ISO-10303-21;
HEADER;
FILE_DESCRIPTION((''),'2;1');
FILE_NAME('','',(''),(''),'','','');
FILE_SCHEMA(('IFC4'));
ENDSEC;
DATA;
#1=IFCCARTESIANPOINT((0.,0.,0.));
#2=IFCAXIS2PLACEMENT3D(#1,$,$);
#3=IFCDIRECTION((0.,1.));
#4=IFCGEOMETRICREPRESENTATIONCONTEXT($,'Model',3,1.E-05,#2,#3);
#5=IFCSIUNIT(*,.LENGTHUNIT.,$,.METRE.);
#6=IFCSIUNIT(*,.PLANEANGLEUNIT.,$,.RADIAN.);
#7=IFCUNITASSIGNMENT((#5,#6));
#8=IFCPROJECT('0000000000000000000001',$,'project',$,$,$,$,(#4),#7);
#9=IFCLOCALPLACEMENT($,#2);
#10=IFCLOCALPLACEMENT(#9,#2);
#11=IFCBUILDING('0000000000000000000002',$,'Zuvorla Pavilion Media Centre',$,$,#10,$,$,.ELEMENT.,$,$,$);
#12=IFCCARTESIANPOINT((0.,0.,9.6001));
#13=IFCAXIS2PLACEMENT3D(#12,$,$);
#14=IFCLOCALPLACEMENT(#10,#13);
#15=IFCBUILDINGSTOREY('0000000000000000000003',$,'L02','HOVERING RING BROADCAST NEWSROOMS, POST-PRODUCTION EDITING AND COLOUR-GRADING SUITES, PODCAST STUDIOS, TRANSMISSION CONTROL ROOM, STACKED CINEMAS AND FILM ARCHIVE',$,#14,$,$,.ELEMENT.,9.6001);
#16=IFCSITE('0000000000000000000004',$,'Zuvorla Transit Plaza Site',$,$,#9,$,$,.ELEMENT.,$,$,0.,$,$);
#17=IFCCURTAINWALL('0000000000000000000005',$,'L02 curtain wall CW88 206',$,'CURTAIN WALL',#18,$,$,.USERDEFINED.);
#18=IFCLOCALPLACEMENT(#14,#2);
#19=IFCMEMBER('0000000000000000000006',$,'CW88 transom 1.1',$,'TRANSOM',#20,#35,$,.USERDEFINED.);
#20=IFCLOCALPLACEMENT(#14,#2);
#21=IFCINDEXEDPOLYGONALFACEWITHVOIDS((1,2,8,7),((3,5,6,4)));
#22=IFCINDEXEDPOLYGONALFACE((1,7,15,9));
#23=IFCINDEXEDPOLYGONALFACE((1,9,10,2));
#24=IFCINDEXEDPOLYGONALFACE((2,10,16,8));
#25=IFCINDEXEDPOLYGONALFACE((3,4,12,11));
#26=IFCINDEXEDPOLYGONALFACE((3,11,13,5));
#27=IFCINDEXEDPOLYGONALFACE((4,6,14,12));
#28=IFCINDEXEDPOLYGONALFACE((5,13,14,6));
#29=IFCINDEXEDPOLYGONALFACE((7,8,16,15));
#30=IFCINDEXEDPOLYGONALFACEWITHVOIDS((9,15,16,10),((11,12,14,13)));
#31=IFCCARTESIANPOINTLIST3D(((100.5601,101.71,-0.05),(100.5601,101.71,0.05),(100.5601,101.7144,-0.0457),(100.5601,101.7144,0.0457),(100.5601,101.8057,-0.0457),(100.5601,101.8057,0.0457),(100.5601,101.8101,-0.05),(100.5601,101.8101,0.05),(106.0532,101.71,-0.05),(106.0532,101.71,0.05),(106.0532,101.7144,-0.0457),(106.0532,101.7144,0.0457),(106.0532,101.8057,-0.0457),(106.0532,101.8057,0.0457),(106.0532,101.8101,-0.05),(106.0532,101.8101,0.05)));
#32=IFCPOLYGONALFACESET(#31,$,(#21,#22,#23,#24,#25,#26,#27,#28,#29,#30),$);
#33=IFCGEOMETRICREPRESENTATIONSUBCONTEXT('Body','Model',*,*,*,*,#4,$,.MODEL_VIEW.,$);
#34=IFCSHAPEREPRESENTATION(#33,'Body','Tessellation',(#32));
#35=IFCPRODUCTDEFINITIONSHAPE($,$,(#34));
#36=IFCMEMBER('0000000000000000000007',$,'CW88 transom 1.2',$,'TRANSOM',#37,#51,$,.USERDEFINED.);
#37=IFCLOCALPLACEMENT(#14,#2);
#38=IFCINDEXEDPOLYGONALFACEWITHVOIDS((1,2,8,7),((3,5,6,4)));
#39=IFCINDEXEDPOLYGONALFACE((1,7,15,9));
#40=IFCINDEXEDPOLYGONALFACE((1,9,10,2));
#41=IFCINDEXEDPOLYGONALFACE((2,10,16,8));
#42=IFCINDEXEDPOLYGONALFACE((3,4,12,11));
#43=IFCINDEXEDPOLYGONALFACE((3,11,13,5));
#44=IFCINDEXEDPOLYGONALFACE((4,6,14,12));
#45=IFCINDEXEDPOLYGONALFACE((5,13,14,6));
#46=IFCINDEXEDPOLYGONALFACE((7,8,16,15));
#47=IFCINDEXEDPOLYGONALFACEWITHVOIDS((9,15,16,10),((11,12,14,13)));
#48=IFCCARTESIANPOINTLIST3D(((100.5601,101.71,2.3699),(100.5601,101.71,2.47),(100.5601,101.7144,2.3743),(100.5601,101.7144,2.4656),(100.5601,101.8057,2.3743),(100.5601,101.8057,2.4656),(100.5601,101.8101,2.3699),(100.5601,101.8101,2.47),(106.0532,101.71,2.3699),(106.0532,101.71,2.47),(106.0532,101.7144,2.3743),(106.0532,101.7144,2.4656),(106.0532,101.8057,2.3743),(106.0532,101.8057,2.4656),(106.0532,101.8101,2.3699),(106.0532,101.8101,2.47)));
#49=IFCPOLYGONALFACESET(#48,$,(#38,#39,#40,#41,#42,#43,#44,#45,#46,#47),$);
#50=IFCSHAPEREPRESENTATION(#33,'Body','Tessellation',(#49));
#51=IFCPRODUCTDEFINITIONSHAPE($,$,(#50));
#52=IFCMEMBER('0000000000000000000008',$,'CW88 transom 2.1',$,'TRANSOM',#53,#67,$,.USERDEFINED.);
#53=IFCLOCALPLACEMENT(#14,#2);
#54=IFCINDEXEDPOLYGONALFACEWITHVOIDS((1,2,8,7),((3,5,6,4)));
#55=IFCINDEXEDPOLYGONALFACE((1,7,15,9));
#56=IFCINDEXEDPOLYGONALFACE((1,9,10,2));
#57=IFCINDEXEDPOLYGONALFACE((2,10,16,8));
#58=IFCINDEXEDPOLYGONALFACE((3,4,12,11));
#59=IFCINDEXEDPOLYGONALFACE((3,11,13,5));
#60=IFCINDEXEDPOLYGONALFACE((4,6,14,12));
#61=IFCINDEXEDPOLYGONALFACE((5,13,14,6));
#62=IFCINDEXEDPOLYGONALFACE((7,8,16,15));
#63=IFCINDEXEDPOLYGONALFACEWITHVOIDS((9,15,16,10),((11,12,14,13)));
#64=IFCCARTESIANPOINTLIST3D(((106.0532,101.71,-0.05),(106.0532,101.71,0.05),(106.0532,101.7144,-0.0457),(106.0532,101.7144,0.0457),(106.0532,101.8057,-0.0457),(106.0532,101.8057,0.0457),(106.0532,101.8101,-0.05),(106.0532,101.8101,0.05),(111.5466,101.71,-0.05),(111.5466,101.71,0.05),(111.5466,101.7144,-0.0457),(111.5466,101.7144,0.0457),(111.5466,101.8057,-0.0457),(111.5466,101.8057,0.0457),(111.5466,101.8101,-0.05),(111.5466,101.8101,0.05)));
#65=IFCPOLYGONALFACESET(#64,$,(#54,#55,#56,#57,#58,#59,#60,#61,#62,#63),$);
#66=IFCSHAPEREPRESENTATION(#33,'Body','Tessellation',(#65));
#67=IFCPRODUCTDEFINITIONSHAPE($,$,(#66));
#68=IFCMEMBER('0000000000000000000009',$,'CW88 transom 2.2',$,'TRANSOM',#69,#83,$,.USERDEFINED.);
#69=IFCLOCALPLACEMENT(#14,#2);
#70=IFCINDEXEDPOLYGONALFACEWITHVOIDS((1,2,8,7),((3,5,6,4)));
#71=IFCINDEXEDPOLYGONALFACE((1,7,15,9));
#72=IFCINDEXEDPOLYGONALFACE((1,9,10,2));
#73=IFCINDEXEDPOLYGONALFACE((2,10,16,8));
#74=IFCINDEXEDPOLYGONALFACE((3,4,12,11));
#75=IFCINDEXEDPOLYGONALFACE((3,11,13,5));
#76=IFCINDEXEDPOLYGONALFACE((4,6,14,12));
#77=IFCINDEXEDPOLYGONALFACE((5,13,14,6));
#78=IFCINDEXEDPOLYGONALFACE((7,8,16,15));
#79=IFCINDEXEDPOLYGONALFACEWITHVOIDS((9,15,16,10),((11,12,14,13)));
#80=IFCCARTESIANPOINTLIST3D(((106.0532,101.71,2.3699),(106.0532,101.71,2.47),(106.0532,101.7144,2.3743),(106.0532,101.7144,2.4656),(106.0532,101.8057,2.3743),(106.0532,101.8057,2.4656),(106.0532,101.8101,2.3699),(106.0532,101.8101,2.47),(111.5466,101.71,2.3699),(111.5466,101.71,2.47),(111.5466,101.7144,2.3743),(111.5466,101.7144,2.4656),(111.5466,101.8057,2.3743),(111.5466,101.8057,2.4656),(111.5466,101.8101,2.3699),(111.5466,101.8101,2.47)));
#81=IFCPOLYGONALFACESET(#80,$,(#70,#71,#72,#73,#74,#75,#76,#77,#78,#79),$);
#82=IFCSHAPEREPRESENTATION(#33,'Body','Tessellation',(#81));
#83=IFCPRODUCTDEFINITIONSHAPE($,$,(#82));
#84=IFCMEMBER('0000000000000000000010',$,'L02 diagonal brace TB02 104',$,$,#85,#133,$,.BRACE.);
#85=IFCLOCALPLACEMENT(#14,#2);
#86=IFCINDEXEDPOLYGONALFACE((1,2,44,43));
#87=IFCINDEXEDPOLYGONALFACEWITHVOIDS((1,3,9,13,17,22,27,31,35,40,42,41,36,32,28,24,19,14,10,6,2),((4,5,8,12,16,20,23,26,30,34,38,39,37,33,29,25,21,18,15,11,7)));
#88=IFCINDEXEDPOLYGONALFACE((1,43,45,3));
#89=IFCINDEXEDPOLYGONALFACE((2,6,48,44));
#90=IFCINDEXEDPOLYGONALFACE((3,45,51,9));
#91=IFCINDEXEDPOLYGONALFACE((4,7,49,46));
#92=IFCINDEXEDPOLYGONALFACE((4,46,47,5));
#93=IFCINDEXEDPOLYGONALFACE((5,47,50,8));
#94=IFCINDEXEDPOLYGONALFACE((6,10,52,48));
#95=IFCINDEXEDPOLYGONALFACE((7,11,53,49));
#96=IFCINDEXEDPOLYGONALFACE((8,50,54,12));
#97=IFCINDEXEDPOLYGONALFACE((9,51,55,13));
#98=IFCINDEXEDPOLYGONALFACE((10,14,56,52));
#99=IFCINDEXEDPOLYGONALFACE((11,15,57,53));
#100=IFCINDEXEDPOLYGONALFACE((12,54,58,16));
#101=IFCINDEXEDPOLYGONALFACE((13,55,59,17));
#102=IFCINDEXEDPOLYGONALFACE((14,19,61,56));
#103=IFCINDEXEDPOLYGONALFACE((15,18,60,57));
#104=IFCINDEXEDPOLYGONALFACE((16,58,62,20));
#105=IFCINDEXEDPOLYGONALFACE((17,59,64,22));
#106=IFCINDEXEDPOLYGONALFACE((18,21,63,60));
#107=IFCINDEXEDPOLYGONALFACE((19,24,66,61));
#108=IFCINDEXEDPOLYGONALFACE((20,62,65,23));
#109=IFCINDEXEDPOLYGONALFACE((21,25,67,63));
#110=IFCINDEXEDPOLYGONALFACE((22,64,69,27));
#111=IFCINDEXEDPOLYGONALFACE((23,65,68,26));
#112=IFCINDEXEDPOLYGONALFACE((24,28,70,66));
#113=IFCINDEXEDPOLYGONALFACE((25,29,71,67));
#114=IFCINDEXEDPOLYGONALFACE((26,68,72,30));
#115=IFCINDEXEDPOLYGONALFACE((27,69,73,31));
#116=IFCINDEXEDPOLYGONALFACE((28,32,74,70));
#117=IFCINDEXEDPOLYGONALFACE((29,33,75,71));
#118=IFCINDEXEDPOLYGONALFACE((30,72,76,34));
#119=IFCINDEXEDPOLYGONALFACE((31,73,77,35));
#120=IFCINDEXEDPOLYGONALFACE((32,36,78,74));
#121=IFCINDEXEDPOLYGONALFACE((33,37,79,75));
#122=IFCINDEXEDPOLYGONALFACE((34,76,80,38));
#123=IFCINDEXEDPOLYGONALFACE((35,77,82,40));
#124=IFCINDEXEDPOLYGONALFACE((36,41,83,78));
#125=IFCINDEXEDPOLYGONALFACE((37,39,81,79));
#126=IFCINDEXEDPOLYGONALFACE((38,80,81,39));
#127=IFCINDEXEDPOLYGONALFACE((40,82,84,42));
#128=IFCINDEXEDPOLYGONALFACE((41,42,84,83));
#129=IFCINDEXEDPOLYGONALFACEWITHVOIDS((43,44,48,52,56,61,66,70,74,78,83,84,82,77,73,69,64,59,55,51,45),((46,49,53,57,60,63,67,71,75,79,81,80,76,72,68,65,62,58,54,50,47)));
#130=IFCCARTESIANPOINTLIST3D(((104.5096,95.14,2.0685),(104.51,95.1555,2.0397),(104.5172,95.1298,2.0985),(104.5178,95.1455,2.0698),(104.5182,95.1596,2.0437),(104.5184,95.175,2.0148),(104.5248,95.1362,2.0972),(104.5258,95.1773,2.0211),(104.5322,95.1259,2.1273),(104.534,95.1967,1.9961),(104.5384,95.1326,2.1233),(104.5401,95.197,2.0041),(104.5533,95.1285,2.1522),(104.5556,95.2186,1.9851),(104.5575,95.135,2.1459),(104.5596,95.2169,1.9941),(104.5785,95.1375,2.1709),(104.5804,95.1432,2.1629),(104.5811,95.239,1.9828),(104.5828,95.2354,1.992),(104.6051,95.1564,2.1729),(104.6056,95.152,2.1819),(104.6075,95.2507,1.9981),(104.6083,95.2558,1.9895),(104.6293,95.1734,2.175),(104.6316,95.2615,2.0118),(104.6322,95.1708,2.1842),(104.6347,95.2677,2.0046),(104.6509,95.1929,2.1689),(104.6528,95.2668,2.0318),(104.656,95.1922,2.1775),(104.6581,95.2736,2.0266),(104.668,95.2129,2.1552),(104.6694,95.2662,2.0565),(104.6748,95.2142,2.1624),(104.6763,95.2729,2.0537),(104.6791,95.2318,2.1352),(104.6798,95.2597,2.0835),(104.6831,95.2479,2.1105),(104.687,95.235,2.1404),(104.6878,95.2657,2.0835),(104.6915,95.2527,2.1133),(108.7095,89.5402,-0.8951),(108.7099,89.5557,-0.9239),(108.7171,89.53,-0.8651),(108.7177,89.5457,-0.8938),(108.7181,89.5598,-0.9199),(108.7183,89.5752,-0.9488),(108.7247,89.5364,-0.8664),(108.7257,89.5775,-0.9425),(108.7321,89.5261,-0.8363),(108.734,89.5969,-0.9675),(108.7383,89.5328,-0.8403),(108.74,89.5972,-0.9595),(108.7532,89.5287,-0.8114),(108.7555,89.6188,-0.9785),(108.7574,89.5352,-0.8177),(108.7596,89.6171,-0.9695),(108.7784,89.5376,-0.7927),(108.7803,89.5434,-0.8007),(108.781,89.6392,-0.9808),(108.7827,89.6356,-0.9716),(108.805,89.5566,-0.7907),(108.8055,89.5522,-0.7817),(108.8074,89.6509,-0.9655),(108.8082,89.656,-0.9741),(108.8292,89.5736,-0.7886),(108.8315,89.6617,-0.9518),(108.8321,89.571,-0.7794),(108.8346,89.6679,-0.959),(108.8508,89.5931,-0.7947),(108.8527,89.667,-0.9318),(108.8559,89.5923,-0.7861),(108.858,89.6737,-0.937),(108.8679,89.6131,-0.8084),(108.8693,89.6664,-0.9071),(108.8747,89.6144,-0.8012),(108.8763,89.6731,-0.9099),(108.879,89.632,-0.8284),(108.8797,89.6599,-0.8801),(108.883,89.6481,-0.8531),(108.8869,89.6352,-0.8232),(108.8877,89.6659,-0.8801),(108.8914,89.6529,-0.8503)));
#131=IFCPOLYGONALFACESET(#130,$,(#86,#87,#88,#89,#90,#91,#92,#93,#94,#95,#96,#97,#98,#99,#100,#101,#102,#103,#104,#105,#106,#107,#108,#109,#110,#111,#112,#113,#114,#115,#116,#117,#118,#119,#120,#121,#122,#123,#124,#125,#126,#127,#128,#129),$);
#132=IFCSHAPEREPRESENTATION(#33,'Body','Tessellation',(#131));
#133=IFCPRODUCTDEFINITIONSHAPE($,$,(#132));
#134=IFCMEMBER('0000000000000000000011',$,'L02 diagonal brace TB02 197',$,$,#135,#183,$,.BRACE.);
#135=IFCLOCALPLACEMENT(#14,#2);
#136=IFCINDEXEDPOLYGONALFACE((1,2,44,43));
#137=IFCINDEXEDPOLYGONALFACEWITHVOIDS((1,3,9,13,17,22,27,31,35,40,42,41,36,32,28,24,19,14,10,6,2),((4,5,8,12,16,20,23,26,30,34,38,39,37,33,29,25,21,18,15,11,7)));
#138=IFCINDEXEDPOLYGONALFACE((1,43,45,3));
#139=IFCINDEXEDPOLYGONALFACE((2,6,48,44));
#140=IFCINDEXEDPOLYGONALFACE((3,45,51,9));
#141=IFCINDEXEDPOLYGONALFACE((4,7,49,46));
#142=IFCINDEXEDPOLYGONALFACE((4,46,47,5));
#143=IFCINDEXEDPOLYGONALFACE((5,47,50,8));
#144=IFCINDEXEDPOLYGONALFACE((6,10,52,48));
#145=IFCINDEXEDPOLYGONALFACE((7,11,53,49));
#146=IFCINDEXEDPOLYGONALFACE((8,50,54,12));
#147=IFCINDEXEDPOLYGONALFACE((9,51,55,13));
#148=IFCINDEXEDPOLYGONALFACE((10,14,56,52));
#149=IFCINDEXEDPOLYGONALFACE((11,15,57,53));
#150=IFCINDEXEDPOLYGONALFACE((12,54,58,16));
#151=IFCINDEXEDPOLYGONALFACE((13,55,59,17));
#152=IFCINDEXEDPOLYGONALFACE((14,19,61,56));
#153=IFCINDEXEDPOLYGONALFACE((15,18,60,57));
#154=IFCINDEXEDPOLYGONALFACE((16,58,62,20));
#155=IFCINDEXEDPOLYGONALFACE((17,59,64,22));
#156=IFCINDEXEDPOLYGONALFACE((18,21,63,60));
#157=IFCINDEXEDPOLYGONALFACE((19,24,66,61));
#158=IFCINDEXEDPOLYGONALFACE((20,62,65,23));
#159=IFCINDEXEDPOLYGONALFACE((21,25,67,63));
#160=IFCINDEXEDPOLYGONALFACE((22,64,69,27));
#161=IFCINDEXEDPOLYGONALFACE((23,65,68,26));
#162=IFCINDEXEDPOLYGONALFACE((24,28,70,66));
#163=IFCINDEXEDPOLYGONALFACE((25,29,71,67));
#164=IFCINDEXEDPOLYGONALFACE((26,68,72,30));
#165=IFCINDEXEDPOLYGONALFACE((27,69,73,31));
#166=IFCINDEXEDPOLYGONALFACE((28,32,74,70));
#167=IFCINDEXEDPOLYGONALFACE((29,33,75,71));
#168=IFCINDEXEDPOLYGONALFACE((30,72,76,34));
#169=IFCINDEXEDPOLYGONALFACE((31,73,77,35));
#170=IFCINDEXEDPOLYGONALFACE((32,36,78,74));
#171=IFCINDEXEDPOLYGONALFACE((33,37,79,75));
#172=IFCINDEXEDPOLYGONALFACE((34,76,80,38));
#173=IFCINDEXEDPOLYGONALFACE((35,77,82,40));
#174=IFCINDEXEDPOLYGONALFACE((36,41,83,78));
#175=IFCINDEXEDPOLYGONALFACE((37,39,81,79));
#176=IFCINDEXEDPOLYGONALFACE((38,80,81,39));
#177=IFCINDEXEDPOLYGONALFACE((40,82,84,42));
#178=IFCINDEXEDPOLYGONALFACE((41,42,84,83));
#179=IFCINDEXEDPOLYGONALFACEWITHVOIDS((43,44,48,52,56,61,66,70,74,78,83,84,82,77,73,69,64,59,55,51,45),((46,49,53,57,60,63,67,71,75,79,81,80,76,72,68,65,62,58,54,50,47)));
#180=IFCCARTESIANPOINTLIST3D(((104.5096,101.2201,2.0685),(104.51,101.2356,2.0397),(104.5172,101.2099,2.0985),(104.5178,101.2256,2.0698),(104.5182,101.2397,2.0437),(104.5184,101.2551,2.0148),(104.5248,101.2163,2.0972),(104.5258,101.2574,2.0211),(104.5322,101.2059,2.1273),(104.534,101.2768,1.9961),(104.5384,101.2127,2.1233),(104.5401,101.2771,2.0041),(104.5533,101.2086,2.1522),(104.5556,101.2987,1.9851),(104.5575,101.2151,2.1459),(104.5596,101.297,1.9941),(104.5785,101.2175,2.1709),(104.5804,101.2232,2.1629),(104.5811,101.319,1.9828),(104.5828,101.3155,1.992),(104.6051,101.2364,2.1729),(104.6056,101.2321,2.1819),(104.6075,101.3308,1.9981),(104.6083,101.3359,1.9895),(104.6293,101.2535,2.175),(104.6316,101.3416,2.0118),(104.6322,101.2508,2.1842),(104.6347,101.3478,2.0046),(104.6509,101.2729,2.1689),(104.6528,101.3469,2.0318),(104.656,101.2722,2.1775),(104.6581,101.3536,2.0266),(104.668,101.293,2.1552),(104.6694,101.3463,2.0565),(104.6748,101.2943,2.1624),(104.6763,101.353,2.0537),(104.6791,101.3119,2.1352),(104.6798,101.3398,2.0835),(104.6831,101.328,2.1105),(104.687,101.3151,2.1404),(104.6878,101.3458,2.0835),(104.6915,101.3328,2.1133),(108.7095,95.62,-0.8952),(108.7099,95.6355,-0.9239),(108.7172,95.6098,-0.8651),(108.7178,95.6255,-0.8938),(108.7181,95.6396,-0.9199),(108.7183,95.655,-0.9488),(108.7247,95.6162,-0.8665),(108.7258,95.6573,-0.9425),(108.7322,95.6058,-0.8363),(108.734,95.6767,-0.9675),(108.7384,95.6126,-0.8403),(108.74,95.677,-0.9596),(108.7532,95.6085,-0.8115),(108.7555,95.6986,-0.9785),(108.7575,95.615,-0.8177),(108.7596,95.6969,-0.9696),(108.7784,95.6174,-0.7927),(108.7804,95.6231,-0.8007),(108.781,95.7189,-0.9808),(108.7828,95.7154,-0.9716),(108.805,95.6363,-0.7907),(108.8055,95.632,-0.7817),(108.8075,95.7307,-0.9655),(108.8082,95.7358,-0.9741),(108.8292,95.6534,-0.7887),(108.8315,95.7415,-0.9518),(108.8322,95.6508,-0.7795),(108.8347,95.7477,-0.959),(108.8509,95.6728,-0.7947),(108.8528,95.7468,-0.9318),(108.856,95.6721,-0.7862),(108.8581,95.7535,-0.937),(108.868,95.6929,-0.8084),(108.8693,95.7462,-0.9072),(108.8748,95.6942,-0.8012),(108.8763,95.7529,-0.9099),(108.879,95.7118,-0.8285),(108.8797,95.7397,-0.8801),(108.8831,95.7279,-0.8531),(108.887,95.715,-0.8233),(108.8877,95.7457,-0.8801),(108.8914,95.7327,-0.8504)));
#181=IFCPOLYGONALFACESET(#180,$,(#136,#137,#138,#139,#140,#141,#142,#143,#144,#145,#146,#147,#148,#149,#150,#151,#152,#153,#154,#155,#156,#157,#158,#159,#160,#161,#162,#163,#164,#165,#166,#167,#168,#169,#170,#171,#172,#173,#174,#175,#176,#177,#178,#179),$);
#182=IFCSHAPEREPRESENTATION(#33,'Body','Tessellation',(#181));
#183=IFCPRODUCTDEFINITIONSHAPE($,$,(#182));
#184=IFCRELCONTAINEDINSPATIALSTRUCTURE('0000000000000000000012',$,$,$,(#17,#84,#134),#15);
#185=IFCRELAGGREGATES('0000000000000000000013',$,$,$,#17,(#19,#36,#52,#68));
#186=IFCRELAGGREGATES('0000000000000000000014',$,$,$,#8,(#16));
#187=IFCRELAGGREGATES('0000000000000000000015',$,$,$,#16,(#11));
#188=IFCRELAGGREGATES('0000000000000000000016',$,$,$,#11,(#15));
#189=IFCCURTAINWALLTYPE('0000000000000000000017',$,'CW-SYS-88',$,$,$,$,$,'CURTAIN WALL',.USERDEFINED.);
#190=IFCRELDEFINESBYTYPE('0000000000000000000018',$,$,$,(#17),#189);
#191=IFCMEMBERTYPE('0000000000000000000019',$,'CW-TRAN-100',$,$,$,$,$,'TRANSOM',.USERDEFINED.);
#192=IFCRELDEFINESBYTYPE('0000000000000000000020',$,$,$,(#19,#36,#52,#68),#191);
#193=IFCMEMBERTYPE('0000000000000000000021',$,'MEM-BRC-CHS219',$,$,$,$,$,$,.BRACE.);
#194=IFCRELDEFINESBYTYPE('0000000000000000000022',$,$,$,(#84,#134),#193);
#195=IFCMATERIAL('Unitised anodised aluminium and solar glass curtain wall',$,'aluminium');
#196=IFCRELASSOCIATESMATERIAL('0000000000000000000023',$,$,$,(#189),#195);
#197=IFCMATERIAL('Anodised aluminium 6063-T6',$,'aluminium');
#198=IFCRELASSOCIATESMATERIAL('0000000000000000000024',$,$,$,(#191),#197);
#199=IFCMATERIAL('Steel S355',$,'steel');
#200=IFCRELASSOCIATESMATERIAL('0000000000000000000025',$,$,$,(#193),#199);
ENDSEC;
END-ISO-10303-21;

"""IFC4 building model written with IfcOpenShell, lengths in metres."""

from ifc_helpers import new_model, si_unit, direction, frame, origin, origin_2d, place, context, subcontext, project, spatial, hollow_rectangle, hollow_circle, extrude, material, material_profile, profile_set, type_object, element, aggregate, save


model = new_model("IFC4")

# Units and contexts
model_context = context("Model", 3, precision=1e-05, world=origin(), true_north=direction((0.0, 1.0)))
body_context = subcontext(model_context, "Body", "Model", "MODEL_VIEW")
ifc_project = project(units=[si_unit("LENGTHUNIT", "METRE"), si_unit("PLANEANGLEUNIT", "RADIAN")], contexts=[model_context])

# Site, building, storey
site_placement = place(None, origin())
site = spatial("IfcSite", under=ifc_project, at=site_placement, Name="Zuvorla Transit Plaza Site", CompositionType="ELEMENT", RefElevation=0.0)
building_placement = place(site_placement, origin())
building = spatial("IfcBuilding", under=site, at=building_placement, Name="Zuvorla Pavilion Media Centre", CompositionType="ELEMENT")
storey_placement = place(building_placement, frame((0.0, 0.0, 9.6001)))
storey = spatial("IfcBuildingStorey", under=building, at=storey_placement, Name="L02", Description="HOVERING RING BROADCAST NEWSROOMS, POST-PRODUCTION EDITING AND COLOUR-GRADING SUITES, PODCAST STUDIOS, TRANSMISSION CONTROL ROOM, STACKED CINEMAS AND FILM ARCHIVE", CompositionType="ELEMENT", Elevation=9.6001)

# Shared definitions
ifc_material_1 = material(Name="Steel S355", Category="steel")

# Curtain wall
ifc_material_2 = material(Name="Unitised anodised aluminium and solar glass curtain wall", Category="aluminium")
curtain_wall_type = type_object("IfcCurtainWallType", Name="CW-SYS-88", ElementType="CURTAIN WALL", PredefinedType="USERDEFINED", material=ifc_material_2)
ifc_material_3 = material(Name="Anodised aluminium 6063-T6", Category="aluminium")
curtain_wall_1_placement = place(storey_placement, origin())
curtain_wall_1 = element("IfcCurtainWall", 1, at=curtain_wall_1_placement, inside=storey, type_object=curtain_wall_type, Name="L02 curtain wall CW88 206", ObjectType="CURTAIN WALL", PredefinedType="USERDEFINED")

# Members
ifc_material_profile_1 = material_profile(ifc_material_3, hollow_rectangle(XDim=0.1001, YDim=0.1001, WallThickness=0.0044, at=origin_2d()), Name="ALU TRAN 100x100")
ifc_profile_set_1 = profile_set([ifc_material_profile_1], Name="Anodised aluminium 6063-T6")
member_type_1 = type_object("IfcMemberType", Name="CW-TRAN-100", ElementType="TRANSOM", PredefinedType="USERDEFINED", material=ifc_profile_set_1)
member_1_placement = place(storey_placement, frame((100.5601, 101.76, 0.0), z_axis=(1.0, 0.0, 0.0), x_axis=(0.0, 1.0, 0.0)))
member_1 = element("IfcMember", 2, at=member_1_placement, type_object=member_type_1, Name="CW88 transom 1.1", ObjectType="TRANSOM", PredefinedType="USERDEFINED", context=body_context, shape_type="SweptSolid", body=[
    extrude(hollow_rectangle(XDim=0.1001, YDim=0.1001, WallThickness=0.0044, at=origin_2d()), origin(), (0.0, 0.0, 1.0), 5.4932),
])
member_2_placement = place(storey_placement, frame((100.5601, 101.76, 2.4199), z_axis=(1.0, 0.0, 0.0), x_axis=(0.0, 1.0, 0.0)))
member_2 = element("IfcMember", 3, at=member_2_placement, type_object=member_type_1, Name="CW88 transom 1.2", ObjectType="TRANSOM", PredefinedType="USERDEFINED", context=body_context, shape_type="SweptSolid", body=[
    extrude(hollow_rectangle(XDim=0.1001, YDim=0.1001, WallThickness=0.0044, at=origin_2d()), origin(), (0.0, 0.0, 1.0), 5.4932),
])
member_3_placement = place(storey_placement, frame((106.0532, 101.76, 0.0), z_axis=(1.0, 0.0, 0.0), x_axis=(0.0, 1.0, 0.0)))
member_3 = element("IfcMember", 4, at=member_3_placement, type_object=member_type_1, Name="CW88 transom 2.1", ObjectType="TRANSOM", PredefinedType="USERDEFINED", context=body_context, shape_type="SweptSolid", body=[
    extrude(hollow_rectangle(XDim=0.1001, YDim=0.1001, WallThickness=0.0044, at=origin_2d()), origin(), (0.0, 0.0, 1.0), 5.4934),
])
member_4_placement = place(storey_placement, frame((106.0532, 101.76, 2.4199), z_axis=(1.0, 0.0, 0.0), x_axis=(0.0, 1.0, 0.0)))
member_4 = element("IfcMember", 5, at=member_4_placement, type_object=member_type_1, Name="CW88 transom 2.2", ObjectType="TRANSOM", PredefinedType="USERDEFINED", context=body_context, shape_type="SweptSolid", body=[
    extrude(hollow_rectangle(XDim=0.1001, YDim=0.1001, WallThickness=0.0044, at=origin_2d()), origin(), (0.0, 0.0, 1.0), 5.4934),
])

# Members
ifc_material_profile_2 = material_profile(ifc_material_1, hollow_circle(Radius=0.1096, WallThickness=0.01, at=origin_2d()), Name="CHS 219.1x10")
ifc_profile_set_2 = profile_set([ifc_material_profile_2], Name="Steel S355")
member_type_2 = type_object("IfcMemberType", Name="MEM-BRC-CHS219", PredefinedType="BRACE", material=ifc_profile_set_2)
member_5_placement = place(storey_placement, frame((104.6001, 95.2, 2.0835), z_axis=(0.552525, -0.736689, -0.389879), x_axis=(0.799996, 0.600006, 0.0)))
element("IfcMember", 6, at=member_5_placement, inside=storey, type_object=member_type_2, Name="L02 diagonal brace TB02 104", PredefinedType="BRACE", context=body_context, shape_type="SweptSolid", body=[
    extrude(hollow_circle(Radius=0.1096, WallThickness=0.01, at=origin_2d()), origin(), (0.0, 0.0, 1.0), 7.6013),
])
member_6_placement = place(storey_placement, frame((104.6001, 101.28, 2.0835), z_axis=(0.552512, -0.736704, -0.38987), x_axis=(0.800008, 0.599989, 0.0)))
element("IfcMember", 7, at=member_6_placement, inside=storey, type_object=member_type_2, Name="L02 diagonal brace TB02 197", PredefinedType="BRACE", context=body_context, shape_type="SweptSolid", body=[
    extrude(hollow_circle(Radius=0.1096, WallThickness=0.01, at=origin_2d()), origin(), (0.0, 0.0, 1.0), 7.6016),
])

aggregate(curtain_wall_1, [member_1, member_2, member_3, member_4])

save(model, "model.ifc")
